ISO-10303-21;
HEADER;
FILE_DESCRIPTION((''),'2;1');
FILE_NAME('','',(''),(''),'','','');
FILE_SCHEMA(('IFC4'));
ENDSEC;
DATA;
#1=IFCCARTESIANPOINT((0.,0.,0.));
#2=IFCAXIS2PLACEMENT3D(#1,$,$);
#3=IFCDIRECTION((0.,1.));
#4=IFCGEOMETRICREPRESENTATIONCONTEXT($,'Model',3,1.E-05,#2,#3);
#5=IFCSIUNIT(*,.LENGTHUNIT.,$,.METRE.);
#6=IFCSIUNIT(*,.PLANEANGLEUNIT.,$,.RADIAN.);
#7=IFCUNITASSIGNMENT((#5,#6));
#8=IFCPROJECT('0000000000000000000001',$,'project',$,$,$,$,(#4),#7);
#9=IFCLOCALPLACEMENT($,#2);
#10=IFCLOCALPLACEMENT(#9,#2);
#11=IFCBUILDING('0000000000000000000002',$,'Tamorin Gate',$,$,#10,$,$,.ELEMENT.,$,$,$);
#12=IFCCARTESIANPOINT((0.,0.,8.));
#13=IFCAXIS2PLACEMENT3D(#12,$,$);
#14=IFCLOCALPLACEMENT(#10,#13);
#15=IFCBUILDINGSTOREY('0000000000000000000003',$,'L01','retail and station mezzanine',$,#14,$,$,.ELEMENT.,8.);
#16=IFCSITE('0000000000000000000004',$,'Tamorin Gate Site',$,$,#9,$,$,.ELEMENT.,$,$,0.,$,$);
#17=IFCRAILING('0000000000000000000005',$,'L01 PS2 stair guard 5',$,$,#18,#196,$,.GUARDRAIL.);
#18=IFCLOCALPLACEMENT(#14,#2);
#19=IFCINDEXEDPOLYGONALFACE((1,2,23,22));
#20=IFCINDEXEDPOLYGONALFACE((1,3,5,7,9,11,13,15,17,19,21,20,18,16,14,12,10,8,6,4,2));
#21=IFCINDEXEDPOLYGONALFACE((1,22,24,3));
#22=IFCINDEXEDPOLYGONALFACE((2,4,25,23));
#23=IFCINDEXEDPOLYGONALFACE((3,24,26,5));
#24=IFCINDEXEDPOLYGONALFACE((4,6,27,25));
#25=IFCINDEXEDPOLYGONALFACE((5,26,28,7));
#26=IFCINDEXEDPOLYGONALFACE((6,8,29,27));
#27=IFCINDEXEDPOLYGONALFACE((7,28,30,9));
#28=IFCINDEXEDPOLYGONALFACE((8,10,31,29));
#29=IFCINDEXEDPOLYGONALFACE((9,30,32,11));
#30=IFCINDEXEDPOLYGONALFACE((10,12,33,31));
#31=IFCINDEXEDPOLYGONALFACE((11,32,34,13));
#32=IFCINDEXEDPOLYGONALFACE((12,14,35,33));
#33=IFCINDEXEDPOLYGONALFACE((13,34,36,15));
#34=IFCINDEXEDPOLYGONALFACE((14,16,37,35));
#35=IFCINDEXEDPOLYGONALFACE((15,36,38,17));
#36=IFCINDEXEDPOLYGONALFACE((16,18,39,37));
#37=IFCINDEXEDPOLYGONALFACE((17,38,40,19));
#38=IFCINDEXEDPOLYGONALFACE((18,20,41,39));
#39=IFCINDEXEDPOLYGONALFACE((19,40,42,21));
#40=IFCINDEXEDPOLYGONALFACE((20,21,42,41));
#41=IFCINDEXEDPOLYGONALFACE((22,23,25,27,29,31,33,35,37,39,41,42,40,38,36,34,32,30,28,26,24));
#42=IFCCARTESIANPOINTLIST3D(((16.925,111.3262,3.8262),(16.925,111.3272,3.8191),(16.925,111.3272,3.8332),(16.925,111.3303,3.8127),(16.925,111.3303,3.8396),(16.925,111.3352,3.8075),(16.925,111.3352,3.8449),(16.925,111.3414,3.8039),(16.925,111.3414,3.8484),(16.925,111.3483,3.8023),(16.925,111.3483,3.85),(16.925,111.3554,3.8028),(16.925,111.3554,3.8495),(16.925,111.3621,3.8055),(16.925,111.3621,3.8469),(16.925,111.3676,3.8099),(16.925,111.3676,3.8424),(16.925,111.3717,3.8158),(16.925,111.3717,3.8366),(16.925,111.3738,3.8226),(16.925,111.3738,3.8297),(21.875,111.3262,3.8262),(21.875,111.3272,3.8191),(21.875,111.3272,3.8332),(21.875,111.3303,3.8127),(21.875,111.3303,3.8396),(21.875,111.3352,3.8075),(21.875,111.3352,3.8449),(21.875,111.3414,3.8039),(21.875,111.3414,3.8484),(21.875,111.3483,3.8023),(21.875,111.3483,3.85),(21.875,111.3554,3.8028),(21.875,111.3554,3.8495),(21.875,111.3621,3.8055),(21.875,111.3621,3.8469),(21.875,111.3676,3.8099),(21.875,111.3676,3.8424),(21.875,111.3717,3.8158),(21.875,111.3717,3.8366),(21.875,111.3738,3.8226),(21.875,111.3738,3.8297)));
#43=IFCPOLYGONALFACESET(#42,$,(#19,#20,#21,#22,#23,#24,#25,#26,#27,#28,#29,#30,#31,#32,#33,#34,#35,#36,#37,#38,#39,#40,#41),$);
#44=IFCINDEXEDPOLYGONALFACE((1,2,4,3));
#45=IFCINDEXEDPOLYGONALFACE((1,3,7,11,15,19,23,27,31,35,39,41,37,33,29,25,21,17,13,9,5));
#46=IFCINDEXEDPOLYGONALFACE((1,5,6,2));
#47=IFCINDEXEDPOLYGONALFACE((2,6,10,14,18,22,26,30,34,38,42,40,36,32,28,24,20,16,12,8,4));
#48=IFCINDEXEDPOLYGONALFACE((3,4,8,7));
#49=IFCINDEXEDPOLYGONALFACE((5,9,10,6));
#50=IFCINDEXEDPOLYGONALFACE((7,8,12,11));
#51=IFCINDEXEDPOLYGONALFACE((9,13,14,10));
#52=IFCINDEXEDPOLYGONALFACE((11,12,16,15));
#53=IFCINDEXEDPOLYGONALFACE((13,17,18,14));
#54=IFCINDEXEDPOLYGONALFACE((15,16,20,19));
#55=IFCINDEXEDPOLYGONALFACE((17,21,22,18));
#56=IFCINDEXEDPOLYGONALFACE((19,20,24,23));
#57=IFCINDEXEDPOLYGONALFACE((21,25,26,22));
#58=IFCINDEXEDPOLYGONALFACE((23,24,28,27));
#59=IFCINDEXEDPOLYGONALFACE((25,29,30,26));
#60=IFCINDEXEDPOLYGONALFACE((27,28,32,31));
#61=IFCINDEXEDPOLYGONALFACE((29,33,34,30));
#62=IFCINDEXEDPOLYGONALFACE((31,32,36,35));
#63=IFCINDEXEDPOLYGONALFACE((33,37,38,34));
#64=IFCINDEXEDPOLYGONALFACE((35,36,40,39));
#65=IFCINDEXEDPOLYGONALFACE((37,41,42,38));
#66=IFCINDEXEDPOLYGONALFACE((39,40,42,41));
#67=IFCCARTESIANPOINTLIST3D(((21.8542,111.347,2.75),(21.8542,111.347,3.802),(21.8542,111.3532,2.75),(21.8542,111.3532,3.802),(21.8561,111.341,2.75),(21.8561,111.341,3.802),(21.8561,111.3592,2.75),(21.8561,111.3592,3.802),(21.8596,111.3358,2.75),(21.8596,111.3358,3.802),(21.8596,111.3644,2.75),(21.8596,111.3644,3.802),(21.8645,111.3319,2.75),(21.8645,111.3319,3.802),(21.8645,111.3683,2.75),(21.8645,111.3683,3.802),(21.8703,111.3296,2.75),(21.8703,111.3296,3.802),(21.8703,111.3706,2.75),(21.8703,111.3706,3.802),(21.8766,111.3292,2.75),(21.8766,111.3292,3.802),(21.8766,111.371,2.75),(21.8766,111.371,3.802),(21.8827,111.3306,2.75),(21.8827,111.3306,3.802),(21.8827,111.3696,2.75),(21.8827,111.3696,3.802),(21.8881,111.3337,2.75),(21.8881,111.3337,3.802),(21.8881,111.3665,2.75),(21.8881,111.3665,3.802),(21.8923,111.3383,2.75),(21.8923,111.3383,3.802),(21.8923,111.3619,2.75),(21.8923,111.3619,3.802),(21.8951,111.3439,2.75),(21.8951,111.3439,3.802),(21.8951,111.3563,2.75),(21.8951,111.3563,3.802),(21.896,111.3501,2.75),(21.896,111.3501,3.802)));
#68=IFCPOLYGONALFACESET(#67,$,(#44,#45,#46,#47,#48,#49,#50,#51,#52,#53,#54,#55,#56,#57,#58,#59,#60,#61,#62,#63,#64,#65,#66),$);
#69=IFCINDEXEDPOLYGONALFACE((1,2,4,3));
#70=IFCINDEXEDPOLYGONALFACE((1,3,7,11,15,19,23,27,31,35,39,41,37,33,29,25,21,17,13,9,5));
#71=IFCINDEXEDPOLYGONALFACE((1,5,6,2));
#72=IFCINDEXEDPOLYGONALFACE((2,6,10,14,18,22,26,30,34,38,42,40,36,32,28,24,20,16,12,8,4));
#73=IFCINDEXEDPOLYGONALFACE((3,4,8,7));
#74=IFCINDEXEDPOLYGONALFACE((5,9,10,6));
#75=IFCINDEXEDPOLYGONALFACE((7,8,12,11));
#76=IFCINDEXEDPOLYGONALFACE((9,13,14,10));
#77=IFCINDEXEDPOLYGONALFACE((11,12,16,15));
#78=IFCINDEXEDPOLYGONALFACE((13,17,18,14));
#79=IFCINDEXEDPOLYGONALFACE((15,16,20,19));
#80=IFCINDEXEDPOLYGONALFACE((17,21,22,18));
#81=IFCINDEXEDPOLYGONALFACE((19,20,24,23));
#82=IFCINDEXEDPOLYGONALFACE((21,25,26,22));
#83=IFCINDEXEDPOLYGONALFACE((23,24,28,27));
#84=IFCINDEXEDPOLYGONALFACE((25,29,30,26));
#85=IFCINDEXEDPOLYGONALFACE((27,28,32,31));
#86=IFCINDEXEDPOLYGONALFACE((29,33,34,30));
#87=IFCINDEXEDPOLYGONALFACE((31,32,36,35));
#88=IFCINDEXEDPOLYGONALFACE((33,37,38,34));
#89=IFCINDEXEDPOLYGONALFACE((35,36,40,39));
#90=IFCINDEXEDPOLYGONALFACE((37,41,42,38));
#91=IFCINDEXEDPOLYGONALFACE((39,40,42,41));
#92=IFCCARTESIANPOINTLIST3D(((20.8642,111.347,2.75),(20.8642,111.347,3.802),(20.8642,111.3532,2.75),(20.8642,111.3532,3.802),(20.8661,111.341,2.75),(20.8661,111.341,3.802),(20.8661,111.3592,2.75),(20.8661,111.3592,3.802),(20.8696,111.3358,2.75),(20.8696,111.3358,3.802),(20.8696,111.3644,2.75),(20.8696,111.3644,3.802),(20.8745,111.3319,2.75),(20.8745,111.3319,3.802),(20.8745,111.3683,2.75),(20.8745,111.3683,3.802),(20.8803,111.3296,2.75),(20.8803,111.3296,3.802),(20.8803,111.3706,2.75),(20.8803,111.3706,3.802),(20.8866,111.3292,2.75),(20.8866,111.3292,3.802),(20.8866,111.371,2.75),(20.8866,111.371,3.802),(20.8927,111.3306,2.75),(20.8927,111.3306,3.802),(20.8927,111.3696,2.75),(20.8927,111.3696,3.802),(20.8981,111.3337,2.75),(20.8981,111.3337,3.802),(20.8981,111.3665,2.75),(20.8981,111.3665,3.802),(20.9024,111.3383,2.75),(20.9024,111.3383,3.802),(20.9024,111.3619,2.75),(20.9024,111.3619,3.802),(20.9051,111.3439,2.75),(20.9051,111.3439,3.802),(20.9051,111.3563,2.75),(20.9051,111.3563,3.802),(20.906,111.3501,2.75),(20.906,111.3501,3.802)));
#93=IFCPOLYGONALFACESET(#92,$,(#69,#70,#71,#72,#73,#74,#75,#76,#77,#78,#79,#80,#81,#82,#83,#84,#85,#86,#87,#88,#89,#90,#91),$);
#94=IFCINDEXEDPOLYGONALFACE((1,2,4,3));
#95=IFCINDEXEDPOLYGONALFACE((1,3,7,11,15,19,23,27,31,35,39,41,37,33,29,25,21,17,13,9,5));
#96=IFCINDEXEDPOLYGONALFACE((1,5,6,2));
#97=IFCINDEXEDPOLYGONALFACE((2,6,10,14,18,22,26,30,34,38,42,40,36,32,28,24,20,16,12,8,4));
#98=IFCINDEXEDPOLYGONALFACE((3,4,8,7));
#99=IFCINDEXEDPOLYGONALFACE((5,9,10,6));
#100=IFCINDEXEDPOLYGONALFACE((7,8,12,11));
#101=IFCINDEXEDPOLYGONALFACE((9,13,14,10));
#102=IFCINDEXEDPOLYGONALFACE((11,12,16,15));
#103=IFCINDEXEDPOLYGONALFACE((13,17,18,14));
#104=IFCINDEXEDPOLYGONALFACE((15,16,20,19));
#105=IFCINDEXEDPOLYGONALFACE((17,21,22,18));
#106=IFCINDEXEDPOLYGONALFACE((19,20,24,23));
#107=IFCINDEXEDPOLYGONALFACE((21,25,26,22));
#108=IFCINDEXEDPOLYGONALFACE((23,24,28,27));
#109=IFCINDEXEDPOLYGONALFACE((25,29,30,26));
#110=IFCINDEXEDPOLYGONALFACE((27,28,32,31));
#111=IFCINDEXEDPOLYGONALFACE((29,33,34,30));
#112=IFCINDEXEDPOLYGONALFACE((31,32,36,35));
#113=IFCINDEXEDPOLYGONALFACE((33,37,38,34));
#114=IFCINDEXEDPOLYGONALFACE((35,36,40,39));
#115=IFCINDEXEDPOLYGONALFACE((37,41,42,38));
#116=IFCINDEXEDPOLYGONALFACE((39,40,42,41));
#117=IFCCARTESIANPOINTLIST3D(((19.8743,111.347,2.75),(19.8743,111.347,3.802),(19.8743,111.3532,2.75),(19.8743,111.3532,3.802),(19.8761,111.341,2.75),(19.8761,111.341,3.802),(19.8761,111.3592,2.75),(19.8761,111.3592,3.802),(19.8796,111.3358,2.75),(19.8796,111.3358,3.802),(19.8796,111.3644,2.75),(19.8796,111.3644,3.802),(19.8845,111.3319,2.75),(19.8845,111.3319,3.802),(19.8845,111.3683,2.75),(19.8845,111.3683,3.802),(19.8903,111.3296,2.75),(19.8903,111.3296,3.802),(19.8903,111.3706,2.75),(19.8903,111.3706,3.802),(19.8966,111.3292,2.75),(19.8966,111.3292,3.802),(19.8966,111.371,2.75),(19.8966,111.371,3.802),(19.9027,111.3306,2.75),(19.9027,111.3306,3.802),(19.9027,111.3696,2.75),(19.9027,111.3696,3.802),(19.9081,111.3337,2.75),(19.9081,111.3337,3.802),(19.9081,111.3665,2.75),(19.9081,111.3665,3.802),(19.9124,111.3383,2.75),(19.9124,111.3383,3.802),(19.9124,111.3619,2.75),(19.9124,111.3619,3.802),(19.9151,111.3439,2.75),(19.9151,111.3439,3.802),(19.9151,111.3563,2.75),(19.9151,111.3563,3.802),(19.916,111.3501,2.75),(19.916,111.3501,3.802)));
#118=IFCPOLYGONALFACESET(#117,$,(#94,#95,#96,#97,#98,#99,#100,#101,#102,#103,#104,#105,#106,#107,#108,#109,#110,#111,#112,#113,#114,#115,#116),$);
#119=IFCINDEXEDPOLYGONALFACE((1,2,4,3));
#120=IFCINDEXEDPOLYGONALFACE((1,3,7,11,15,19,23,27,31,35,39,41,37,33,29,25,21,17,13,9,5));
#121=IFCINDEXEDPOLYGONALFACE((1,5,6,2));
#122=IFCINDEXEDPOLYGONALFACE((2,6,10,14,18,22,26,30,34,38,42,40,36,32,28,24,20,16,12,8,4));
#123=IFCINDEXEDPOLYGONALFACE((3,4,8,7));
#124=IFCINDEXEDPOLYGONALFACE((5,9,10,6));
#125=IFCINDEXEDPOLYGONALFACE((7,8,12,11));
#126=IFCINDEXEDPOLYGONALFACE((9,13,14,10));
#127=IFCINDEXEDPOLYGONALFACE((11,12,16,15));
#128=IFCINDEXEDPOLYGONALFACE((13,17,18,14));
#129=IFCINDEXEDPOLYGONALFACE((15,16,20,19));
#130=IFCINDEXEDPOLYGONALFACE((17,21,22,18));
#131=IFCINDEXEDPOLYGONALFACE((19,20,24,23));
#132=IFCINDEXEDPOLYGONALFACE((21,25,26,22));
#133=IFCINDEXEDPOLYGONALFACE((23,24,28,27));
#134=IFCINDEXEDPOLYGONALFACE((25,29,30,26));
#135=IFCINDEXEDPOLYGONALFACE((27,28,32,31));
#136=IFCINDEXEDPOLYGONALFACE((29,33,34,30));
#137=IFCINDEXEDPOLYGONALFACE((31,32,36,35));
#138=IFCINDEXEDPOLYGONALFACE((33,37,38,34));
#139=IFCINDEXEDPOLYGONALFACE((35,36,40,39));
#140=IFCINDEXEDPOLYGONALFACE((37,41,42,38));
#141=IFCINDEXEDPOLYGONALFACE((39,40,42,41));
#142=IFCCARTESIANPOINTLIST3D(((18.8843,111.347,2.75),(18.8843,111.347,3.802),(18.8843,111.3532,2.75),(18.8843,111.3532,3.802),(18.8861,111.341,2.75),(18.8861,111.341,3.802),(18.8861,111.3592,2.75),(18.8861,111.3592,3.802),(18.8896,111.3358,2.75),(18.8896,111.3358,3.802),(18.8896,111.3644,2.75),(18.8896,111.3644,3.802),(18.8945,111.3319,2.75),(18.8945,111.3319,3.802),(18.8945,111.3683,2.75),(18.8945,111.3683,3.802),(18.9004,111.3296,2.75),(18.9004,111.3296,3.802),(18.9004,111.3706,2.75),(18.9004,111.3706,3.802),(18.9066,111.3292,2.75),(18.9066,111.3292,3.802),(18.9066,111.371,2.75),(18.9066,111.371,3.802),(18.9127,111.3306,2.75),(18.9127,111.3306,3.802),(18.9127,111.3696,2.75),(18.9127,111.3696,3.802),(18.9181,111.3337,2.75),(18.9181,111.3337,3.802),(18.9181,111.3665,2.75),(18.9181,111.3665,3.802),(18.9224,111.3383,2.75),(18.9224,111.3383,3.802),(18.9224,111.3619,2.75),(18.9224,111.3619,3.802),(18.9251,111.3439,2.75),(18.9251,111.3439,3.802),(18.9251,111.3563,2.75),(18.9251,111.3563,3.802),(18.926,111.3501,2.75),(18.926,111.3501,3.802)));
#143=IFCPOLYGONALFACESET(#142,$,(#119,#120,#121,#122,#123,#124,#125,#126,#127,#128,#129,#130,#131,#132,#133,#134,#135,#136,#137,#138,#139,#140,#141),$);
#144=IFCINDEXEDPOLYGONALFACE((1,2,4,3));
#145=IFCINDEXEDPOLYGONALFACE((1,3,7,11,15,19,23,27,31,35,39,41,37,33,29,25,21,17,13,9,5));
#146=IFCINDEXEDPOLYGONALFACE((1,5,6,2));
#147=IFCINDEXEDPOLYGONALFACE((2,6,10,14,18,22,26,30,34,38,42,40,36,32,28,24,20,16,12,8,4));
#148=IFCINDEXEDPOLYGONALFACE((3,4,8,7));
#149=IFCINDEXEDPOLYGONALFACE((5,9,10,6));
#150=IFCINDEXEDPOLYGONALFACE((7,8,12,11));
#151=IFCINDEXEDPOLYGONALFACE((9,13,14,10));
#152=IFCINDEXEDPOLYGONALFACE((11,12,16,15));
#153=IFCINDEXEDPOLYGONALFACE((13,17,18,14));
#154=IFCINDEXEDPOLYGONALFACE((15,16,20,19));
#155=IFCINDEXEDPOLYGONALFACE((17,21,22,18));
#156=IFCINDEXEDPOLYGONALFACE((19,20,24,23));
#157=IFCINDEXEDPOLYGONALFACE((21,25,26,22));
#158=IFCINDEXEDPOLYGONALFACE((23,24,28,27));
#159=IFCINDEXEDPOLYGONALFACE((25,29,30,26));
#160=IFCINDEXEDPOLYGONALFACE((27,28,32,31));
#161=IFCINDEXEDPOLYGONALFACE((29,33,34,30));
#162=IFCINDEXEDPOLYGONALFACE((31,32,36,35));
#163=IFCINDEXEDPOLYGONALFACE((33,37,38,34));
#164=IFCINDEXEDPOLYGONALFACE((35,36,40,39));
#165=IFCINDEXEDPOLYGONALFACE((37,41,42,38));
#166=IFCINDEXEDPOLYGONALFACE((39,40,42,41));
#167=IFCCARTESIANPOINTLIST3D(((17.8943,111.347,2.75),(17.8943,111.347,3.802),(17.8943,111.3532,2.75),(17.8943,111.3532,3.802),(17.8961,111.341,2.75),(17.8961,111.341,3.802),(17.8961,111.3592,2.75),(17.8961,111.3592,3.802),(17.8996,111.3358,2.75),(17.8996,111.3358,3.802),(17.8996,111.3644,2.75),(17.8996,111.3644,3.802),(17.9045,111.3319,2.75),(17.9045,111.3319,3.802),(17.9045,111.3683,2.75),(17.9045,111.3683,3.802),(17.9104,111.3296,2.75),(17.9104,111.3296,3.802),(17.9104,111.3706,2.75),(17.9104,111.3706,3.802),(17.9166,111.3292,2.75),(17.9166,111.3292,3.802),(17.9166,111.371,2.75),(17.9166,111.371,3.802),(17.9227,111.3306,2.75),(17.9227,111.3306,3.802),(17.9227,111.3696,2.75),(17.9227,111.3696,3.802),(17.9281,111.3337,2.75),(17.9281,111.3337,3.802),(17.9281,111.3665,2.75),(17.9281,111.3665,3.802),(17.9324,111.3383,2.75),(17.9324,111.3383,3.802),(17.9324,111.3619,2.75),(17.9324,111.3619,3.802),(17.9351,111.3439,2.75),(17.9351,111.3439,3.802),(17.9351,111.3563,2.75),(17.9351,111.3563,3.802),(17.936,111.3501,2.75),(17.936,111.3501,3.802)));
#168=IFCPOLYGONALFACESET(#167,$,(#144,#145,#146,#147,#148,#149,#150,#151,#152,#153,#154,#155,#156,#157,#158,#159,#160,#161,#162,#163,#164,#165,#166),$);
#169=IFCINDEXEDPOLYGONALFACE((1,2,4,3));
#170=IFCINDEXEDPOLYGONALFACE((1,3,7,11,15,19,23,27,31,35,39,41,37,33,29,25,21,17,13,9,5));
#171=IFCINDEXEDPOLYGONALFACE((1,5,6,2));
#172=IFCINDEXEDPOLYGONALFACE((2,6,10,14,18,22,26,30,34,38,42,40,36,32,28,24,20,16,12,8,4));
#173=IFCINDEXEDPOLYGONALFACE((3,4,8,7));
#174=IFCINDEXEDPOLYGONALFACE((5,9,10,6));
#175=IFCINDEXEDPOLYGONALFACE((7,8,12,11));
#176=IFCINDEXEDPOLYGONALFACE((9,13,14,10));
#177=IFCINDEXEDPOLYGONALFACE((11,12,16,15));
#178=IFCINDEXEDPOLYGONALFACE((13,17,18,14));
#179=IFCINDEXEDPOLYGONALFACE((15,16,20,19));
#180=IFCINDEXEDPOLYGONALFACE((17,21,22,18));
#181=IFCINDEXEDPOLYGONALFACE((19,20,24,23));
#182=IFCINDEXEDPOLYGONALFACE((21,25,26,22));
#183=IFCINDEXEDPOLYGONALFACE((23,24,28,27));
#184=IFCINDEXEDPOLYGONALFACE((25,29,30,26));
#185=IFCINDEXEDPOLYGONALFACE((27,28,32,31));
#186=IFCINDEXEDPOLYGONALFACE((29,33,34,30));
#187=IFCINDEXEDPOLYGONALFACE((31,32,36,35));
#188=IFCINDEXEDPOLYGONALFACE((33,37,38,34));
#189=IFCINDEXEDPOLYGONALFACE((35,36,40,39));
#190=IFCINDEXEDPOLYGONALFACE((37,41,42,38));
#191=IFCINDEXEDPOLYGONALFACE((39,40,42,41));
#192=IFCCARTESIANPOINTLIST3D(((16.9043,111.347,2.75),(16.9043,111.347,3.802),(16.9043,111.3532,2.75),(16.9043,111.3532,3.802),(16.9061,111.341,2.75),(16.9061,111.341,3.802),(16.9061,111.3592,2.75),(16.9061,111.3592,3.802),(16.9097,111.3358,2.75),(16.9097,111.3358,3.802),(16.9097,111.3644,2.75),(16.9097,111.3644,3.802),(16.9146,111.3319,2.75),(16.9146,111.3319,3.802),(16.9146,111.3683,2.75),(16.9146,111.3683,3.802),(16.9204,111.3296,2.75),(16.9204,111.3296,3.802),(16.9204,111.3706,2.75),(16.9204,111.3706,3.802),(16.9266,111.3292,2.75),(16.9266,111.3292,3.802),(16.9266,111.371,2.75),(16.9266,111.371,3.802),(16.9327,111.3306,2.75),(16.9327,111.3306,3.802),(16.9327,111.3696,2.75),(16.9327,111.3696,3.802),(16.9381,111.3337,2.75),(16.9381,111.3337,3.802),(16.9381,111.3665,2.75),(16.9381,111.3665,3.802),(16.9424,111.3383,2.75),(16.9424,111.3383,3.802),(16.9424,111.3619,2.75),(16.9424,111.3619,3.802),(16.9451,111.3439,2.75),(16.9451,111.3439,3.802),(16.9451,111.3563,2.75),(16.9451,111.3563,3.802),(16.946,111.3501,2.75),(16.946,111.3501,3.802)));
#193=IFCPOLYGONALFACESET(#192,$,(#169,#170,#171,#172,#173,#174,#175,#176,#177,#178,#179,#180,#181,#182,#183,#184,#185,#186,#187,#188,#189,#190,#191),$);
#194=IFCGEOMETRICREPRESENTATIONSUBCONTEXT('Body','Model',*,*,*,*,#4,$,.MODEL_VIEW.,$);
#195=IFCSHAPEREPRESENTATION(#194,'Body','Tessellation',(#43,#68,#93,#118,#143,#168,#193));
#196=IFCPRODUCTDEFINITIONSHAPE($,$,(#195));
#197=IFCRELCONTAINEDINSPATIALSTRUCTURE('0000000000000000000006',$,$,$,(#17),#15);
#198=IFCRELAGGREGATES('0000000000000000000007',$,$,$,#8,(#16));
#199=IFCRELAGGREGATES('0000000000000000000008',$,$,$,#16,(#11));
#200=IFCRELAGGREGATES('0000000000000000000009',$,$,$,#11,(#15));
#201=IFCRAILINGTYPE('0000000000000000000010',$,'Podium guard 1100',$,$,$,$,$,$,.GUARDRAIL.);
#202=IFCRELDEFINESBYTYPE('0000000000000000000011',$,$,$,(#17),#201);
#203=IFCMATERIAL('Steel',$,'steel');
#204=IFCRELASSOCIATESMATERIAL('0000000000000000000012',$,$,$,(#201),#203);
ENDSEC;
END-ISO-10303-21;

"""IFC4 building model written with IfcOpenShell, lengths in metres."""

from ifc_helpers import new_model, si_unit, direction, frame, origin, origin_2d, place, context, subcontext, project, spatial, circle, extrude, material, type_object, element, save


model = new_model("IFC4")

# Units and contexts
model_context = context("Model", 3, precision=1e-05, world=origin(), true_north=direction((0.0, 1.0)))
body_context = subcontext(model_context, "Body", "Model", "MODEL_VIEW")
ifc_project = project(units=[si_unit("LENGTHUNIT", "METRE"), si_unit("PLANEANGLEUNIT", "RADIAN")], contexts=[model_context])

# Site, building, storey
site_placement = place(None, origin())
site = spatial("IfcSite", under=ifc_project, at=site_placement, Name="Tamorin Gate Site", CompositionType="ELEMENT", RefElevation=0.0)
building_placement = place(site_placement, origin())
building = spatial("IfcBuilding", under=site, at=building_placement, Name="Tamorin Gate", CompositionType="ELEMENT")
storey_placement = place(building_placement, frame((0.0, 0.0, 8.0)))
storey = spatial("IfcBuildingStorey", under=building, at=storey_placement, Name="L01", Description="retail and station mezzanine", CompositionType="ELEMENT", Elevation=8.0)

# Railing
ifc_material_1 = material(Name="Steel", Category="steel")
railing_type = type_object("IfcRailingType", Name="Podium guard 1100", PredefinedType="GUARDRAIL", material=ifc_material_1)
railing_1_placement = place(storey_placement, frame((21.875, 111.3501, 2.75)))
element("IfcRailing", 1, at=railing_1_placement, inside=storey, type_object=railing_type, Name="L01 PS2 stair guard 5", PredefinedType="GUARDRAIL", context=body_context, shape_type="SweptSolid", body=[
    extrude(circle(Radius=0.0239, at=origin_2d()), frame((0.0, 0.0, 1.0762), z_axis=(-1.0, 0.0, 0.0), x_axis=(0.0, -1.0, 0.0)), (0.0, 0.0, 1.0), 4.95),
    extrude(circle(Radius=0.021, at=origin_2d()), origin(), (0.0, 0.0, 1.0), 1.052),
    extrude(circle(Radius=0.021, at=origin_2d()), frame((-0.99, 0.0, 0.0)), (0.0, 0.0, 1.0), 1.052),
    extrude(circle(Radius=0.021, at=origin_2d()), frame((-1.98, 0.0, 0.0)), (0.0, 0.0, 1.0), 1.052),
    extrude(circle(Radius=0.021, at=origin_2d()), frame((-2.97, 0.0, 0.0)), (0.0, 0.0, 1.0), 1.052),
    extrude(circle(Radius=0.021, at=origin_2d()), frame((-3.96, 0.0, 0.0)), (0.0, 0.0, 1.0), 1.052),
    extrude(circle(Radius=0.021, at=origin_2d()), frame((-4.95, 0.0, 0.0)), (0.0, 0.0, 1.0), 1.052),
])

save(model, "model.ifc")
